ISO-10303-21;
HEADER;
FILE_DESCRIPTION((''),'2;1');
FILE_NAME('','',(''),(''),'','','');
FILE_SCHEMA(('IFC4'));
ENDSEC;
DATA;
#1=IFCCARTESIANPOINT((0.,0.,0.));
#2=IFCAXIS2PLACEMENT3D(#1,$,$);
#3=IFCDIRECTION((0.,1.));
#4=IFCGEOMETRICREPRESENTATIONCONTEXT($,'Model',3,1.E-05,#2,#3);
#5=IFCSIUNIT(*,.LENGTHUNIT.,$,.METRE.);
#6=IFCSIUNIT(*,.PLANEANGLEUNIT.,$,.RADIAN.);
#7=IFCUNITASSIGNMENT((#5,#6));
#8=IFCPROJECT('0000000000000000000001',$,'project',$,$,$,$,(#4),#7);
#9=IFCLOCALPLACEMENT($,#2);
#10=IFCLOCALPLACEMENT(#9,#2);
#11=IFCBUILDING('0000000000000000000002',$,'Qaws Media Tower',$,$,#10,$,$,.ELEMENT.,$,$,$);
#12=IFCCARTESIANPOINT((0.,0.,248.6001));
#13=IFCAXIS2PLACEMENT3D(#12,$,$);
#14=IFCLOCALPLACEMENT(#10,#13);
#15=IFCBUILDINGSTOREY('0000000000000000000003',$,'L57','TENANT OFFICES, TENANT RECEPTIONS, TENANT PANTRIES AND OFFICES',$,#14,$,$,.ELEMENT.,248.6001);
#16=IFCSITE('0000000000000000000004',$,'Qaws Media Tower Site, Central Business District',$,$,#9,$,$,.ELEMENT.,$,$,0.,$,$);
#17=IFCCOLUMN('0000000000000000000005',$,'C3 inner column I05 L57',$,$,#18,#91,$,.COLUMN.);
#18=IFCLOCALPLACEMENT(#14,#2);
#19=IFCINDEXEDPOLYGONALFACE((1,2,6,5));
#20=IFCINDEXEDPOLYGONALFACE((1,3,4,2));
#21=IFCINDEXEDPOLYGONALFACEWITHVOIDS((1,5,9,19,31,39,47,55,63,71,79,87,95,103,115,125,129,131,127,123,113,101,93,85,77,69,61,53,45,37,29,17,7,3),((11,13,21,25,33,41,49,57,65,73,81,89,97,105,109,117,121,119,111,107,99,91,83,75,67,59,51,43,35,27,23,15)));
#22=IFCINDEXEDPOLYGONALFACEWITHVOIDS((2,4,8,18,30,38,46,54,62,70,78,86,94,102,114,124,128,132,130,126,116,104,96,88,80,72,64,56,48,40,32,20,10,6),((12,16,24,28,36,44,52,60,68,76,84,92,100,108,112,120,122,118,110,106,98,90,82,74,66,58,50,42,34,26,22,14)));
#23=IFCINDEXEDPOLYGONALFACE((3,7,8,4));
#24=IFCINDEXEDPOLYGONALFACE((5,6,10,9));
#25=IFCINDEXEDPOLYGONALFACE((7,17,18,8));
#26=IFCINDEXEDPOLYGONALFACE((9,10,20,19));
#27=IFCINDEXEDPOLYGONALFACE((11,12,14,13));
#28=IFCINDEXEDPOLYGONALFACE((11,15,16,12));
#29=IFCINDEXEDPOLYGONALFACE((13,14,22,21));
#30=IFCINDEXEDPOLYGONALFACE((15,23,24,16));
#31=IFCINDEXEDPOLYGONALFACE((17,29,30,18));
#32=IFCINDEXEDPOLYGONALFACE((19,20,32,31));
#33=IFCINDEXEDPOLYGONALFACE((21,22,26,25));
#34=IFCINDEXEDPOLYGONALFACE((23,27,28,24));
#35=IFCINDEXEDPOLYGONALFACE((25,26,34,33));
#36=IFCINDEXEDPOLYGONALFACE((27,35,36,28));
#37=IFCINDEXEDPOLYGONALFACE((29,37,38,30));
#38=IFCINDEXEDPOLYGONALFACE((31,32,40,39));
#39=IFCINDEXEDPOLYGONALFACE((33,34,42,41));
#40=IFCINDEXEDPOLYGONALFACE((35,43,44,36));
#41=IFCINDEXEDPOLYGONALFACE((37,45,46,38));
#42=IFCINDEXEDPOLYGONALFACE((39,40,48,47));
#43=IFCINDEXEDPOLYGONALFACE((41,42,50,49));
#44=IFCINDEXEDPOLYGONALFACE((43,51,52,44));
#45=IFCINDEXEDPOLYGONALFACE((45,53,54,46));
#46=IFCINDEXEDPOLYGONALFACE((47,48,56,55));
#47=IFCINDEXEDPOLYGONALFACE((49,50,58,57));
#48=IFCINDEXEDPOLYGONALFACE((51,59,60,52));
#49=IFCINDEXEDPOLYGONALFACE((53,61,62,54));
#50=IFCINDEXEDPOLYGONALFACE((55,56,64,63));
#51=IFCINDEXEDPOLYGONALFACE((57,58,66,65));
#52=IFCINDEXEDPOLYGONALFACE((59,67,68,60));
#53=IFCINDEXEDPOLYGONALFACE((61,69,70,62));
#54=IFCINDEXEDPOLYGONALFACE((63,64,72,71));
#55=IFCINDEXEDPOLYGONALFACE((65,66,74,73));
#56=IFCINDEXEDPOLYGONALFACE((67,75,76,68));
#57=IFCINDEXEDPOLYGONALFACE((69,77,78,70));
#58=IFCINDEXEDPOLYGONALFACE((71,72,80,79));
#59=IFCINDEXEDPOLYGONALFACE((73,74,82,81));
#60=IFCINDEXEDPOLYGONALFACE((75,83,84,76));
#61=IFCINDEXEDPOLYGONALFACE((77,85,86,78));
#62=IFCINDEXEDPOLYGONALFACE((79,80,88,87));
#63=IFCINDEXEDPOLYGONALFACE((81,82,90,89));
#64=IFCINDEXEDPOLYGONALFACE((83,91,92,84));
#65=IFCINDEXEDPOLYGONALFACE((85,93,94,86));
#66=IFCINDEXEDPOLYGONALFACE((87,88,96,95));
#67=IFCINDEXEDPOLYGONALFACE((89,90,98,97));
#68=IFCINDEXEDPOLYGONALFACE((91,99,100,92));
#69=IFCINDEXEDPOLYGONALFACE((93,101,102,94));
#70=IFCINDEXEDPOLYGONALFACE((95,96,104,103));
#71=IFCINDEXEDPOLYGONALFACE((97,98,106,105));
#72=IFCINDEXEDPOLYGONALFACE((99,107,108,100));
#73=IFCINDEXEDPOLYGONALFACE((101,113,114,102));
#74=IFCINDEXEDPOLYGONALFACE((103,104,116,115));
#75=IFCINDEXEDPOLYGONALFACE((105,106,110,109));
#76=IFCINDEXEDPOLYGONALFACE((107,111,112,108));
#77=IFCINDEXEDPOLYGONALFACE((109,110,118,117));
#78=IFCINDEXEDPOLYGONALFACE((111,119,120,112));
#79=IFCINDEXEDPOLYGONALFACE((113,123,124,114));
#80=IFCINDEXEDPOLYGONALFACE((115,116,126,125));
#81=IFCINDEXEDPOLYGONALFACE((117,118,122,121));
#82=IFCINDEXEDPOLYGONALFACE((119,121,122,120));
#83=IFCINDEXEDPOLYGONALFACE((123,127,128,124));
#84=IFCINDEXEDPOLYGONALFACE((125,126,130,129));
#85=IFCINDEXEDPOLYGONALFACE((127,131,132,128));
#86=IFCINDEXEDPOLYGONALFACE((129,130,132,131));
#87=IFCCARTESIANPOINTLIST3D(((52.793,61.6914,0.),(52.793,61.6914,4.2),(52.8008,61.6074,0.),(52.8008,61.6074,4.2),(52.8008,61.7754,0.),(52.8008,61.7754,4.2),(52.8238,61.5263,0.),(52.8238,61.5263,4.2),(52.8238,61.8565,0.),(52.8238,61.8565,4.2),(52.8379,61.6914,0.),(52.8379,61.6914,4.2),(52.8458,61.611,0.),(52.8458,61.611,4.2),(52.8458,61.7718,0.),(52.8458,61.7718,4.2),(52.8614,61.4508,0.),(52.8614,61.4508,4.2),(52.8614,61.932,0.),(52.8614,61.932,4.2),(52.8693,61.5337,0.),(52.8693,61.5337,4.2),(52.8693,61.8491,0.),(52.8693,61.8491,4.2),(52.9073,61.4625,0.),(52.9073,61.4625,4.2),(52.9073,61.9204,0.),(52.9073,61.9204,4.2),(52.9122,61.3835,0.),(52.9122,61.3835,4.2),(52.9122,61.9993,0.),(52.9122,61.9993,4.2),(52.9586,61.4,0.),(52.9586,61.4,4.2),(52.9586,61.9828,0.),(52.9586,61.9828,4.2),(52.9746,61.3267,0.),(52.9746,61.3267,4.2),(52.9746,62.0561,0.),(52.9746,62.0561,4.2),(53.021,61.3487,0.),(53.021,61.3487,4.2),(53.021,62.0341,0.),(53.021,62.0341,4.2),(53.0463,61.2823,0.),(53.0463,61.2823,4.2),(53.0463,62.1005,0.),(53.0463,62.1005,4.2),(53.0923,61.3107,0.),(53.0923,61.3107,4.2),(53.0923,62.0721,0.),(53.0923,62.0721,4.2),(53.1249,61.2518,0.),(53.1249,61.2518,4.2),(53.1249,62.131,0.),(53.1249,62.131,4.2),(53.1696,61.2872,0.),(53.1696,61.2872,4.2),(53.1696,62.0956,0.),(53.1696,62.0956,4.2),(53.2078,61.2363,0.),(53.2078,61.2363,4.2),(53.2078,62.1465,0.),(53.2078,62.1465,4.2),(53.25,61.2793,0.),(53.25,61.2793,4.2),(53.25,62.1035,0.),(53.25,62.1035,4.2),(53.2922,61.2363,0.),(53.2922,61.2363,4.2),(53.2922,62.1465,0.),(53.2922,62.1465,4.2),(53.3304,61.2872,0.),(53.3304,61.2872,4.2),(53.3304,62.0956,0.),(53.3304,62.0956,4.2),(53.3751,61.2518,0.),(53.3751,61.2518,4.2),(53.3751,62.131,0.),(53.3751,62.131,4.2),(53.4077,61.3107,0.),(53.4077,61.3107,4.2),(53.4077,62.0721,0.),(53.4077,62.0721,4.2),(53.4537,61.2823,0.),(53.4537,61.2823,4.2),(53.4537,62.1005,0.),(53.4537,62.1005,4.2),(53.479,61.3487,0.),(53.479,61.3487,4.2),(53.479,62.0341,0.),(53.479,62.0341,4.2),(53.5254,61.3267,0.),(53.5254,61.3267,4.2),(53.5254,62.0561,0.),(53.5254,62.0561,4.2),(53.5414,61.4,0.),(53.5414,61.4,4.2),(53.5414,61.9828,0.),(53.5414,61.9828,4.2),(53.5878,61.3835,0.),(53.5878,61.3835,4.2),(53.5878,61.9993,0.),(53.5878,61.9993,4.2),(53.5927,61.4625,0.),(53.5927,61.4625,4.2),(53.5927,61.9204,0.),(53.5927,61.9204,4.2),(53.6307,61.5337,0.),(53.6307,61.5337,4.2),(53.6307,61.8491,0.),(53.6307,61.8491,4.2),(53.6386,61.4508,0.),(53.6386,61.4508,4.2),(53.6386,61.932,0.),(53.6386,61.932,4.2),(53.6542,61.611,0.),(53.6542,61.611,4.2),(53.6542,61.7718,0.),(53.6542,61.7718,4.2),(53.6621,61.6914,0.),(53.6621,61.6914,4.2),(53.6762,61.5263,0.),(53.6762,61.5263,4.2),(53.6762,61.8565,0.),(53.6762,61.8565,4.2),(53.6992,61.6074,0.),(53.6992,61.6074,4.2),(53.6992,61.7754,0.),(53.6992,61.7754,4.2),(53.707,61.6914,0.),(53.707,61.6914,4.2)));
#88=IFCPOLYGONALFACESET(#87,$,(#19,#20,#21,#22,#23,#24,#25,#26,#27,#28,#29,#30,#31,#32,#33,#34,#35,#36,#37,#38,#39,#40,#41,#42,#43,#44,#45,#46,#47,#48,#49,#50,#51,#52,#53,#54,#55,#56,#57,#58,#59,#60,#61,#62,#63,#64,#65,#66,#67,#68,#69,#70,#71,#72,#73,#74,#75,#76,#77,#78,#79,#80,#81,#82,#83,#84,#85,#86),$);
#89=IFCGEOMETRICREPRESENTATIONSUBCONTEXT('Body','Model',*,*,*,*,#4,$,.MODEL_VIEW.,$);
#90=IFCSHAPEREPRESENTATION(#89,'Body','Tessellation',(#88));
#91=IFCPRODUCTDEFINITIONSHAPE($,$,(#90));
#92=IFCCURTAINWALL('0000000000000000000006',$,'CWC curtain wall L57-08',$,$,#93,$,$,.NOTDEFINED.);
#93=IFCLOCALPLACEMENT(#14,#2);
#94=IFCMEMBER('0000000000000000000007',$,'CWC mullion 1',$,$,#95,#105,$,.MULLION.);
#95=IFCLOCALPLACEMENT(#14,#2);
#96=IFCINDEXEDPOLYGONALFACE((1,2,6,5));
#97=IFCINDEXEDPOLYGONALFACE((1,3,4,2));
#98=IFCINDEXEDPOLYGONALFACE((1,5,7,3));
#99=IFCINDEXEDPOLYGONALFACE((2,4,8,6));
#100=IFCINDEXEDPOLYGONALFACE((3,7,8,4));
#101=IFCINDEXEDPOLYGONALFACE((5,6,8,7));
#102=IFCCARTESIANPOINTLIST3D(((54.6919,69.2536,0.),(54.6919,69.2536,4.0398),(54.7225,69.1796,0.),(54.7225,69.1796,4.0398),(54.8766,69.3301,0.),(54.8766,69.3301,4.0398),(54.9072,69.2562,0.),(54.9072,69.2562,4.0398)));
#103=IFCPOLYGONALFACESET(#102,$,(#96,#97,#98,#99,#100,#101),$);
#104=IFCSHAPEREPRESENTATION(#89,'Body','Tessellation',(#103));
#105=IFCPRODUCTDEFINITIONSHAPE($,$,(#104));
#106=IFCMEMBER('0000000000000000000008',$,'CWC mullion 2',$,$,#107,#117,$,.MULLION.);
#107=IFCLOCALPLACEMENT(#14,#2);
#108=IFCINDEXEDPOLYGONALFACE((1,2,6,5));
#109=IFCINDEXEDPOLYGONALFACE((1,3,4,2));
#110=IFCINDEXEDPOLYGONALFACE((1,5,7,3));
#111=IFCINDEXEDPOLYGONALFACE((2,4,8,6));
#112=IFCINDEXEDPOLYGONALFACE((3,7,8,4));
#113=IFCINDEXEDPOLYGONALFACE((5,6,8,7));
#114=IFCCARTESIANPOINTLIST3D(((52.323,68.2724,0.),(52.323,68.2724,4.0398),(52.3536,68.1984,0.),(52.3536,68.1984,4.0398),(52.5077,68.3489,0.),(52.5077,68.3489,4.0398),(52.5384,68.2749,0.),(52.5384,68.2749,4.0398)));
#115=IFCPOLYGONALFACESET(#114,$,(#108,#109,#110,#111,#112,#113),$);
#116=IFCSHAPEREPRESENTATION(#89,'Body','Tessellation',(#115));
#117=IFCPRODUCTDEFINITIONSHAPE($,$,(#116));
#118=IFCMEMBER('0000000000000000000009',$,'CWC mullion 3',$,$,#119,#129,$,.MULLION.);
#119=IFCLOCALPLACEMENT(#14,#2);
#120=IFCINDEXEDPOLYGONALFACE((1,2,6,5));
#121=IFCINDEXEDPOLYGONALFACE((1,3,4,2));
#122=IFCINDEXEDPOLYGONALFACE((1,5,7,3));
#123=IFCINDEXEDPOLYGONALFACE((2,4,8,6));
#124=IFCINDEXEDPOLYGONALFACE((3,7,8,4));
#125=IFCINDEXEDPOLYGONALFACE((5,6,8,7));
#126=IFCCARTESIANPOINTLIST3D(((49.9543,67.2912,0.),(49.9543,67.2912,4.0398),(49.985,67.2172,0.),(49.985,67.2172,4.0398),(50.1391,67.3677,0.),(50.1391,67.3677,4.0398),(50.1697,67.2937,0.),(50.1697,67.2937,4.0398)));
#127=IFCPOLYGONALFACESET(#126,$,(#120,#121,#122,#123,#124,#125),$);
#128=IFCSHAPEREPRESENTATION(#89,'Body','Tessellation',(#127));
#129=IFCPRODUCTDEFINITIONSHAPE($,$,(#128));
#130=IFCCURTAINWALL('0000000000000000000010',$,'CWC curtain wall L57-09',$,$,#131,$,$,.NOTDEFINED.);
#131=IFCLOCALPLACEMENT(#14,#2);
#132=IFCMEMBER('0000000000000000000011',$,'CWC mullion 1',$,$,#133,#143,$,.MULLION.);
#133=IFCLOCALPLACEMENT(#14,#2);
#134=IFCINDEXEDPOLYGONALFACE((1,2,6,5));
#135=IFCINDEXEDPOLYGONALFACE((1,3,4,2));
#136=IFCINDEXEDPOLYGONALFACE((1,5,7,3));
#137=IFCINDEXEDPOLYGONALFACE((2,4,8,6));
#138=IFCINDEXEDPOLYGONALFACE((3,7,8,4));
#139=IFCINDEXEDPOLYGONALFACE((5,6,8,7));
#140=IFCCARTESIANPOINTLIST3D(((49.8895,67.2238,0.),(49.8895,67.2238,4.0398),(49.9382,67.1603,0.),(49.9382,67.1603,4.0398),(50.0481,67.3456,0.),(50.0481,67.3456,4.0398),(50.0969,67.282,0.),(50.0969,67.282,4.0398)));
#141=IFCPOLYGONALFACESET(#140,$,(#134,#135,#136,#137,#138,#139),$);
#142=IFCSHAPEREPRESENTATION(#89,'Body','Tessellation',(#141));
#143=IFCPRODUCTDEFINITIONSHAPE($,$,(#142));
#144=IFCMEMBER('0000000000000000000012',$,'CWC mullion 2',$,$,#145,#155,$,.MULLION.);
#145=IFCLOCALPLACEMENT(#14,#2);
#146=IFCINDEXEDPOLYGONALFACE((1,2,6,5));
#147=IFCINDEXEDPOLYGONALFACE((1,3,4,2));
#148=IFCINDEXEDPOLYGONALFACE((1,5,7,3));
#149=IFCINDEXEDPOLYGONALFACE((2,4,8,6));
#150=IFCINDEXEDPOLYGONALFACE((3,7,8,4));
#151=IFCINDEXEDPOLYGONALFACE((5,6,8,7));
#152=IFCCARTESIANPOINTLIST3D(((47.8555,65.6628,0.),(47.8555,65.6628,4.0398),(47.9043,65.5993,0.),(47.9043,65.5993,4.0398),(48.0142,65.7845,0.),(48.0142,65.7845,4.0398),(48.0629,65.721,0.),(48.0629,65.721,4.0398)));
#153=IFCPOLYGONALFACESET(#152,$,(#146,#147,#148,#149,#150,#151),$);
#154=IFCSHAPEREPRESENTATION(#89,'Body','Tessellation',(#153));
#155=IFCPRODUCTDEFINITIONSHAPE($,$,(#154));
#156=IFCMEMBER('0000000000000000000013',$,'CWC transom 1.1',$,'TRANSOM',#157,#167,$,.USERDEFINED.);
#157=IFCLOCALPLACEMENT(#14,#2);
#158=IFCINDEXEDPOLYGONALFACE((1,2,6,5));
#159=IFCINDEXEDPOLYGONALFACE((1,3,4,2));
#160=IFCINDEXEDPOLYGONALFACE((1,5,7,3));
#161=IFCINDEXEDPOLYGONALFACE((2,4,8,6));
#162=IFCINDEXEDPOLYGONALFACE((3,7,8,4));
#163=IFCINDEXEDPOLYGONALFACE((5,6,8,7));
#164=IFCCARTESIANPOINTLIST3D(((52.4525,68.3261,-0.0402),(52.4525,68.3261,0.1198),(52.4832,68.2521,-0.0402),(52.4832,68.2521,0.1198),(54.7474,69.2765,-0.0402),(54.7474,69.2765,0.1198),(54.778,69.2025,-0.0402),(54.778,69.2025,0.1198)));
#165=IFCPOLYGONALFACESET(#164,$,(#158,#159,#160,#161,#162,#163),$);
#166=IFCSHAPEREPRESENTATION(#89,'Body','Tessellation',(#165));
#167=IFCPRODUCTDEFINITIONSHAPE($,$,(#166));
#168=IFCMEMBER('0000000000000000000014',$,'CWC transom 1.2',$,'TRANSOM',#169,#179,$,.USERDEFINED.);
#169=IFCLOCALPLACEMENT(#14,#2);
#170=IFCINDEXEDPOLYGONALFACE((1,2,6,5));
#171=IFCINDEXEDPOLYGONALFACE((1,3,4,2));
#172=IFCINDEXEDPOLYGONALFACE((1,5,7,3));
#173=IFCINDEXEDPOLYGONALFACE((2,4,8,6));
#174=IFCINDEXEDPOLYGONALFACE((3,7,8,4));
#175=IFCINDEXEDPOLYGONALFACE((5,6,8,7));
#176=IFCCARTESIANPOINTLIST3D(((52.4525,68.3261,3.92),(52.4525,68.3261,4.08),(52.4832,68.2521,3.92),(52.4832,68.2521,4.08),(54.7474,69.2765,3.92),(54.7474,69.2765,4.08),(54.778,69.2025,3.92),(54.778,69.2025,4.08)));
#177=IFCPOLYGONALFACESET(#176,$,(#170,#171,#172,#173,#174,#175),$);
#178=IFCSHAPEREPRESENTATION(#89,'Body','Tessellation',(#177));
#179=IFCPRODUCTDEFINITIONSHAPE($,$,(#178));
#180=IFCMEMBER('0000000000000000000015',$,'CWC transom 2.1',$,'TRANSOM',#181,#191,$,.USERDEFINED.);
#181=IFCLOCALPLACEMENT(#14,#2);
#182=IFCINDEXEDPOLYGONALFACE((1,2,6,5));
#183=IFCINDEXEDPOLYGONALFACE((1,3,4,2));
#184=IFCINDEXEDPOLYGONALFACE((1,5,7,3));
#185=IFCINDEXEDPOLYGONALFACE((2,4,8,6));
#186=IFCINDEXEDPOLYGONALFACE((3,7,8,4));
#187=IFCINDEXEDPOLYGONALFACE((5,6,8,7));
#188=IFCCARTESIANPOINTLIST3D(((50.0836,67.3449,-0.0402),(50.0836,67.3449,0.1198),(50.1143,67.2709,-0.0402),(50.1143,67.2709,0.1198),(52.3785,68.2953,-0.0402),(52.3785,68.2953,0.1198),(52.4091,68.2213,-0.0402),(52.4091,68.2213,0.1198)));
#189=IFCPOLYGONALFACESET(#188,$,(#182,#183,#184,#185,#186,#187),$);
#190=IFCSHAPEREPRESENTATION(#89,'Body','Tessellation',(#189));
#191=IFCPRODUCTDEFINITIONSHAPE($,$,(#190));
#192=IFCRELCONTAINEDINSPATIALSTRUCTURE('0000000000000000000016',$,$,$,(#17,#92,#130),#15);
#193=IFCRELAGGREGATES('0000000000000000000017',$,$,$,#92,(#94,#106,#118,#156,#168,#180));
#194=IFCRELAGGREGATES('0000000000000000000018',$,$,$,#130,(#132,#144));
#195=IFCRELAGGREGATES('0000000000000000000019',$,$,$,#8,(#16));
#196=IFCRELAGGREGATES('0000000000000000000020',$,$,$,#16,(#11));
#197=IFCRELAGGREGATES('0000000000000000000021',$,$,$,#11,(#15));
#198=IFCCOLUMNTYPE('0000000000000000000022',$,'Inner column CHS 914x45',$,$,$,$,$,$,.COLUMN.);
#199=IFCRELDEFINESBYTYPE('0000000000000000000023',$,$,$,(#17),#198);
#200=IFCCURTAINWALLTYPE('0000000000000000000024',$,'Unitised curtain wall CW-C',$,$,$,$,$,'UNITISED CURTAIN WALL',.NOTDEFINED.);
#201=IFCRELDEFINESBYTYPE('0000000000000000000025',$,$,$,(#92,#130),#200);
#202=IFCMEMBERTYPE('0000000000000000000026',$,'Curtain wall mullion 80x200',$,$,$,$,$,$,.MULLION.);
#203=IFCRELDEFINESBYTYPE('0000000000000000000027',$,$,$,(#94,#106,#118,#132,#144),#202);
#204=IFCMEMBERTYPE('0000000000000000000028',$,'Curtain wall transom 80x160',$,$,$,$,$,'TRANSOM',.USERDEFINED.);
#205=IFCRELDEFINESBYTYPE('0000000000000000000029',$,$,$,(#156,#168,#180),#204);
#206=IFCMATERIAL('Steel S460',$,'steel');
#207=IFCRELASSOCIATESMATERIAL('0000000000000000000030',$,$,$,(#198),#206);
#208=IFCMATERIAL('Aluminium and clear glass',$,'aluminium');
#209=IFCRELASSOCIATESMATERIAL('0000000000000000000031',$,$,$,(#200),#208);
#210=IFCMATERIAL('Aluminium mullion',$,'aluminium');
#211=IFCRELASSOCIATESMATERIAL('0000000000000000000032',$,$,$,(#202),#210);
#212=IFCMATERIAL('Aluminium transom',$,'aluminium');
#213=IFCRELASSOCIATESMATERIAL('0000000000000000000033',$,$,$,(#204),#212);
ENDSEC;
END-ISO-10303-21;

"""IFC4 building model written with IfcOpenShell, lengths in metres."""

from ifc_helpers import new_model, si_unit, direction, frame, origin, origin_2d, place, context, subcontext, project, spatial, rectangle, hollow_circle, extrude, material, material_profile, profile_set, type_object, element, aggregate, save


model = new_model("IFC4")

# Units and contexts
model_context = context("Model", 3, precision=1e-05, world=origin(), true_north=direction((0.0, 1.0)))
body_context = subcontext(model_context, "Body", "Model", "MODEL_VIEW")
ifc_project = project(units=[si_unit("LENGTHUNIT", "METRE"), si_unit("PLANEANGLEUNIT", "RADIAN")], contexts=[model_context])

# Site, building, storey
site_placement = place(None, origin())
site = spatial("IfcSite", under=ifc_project, at=site_placement, Name="Qaws Media Tower Site, Central Business District", CompositionType="ELEMENT", RefElevation=0.0)
building_placement = place(site_placement, origin())
building = spatial("IfcBuilding", under=site, at=building_placement, Name="Qaws Media Tower", CompositionType="ELEMENT")
storey_placement = place(building_placement, frame((0.0, 0.0, 248.6001)))
storey = spatial("IfcBuildingStorey", under=building, at=storey_placement, Name="L57", Description="TENANT OFFICES, TENANT RECEPTIONS, TENANT PANTRIES AND OFFICES", CompositionType="ELEMENT", Elevation=248.6001)

# Column
ifc_material_1 = material(Name="Steel S460", Category="steel")
ifc_material_profile_1 = material_profile(ifc_material_1, hollow_circle(Radius=0.457, WallThickness=0.0449, at=origin_2d()), Name="CHS 914x45")
ifc_profile_set_1 = profile_set([ifc_material_profile_1], Name="Steel S460")
column_type = type_object("IfcColumnType", Name="Inner column CHS 914x45", PredefinedType="COLUMN", material=ifc_profile_set_1)
column_placement = place(storey_placement, frame((53.25, 61.6914, 0.0), z_axis=(0.0, 0.0, 1.0), x_axis=(1.0, 0.0, 0.0)))
element("IfcColumn", 1, at=column_placement, inside=storey, type_object=column_type, Name="C3 inner column I05 L57", PredefinedType="COLUMN", context=body_context, shape_type="SweptSolid", body=[
    extrude(hollow_circle(Radius=0.457, WallThickness=0.0449, at=origin_2d()), origin(), (0.0, 0.0, 1.0), 4.2),
])

# Curtain walls, members
ifc_material_2 = material(Name="Aluminium and clear glass", Category="aluminium")
curtain_wall_type = type_object("IfcCurtainWallType", Name="Unitised curtain wall CW-C", ElementType="UNITISED CURTAIN WALL", PredefinedType="NOTDEFINED", material=ifc_material_2)
curtain_wall_1_placement = place(storey_placement, origin())
curtain_wall_1 = element("IfcCurtainWall", 2, at=curtain_wall_1_placement, inside=storey, type_object=curtain_wall_type, Name="CWC curtain wall L57-08", PredefinedType="NOTDEFINED")
ifc_material_3 = material(Name="Aluminium mullion", Category="aluminium")
ifc_material_profile_2 = material_profile(ifc_material_3, rectangle(XDim=0.0801, YDim=0.2, at=origin_2d()), Name="80x200")
ifc_profile_set_2 = profile_set([ifc_material_profile_2], Name="Aluminium mullion")
member_type_1 = type_object("IfcMemberType", Name="Curtain wall mullion 80x200", PredefinedType="MULLION", material=ifc_profile_set_2)
member_1_placement = place(storey_placement, frame((54.7996, 69.2549, 0.0), z_axis=(0.0, 0.0, 1.0), x_axis=(0.382683, -0.92388, 0.0)))
member_1 = element("IfcMember", 3, at=member_1_placement, type_object=member_type_1, Name="CWC mullion 1", PredefinedType="MULLION", context=body_context, shape_type="SweptSolid", body=[
    extrude(rectangle(XDim=0.0801, YDim=0.2, at=origin_2d()), origin(), (0.0, 0.0, 1.0), 4.0398),
])
member_2_placement = place(storey_placement, frame((52.4307, 68.2737, 0.0), z_axis=(0.0, 0.0, 1.0), x_axis=(0.382683, -0.92388, 0.0)))
member_2 = element("IfcMember", 4, at=member_2_placement, type_object=member_type_1, Name="CWC mullion 2", PredefinedType="MULLION", context=body_context, shape_type="SweptSolid", body=[
    extrude(rectangle(XDim=0.0801, YDim=0.2, at=origin_2d()), origin(), (0.0, 0.0, 1.0), 4.0398),
])
member_3_placement = place(storey_placement, frame((50.062, 67.2925, 0.0), z_axis=(0.0, 0.0, 1.0), x_axis=(0.382683, -0.92388, 0.0)))
member_3 = element("IfcMember", 5, at=member_3_placement, type_object=member_type_1, Name="CWC mullion 3", PredefinedType="MULLION", context=body_context, shape_type="SweptSolid", body=[
    extrude(rectangle(XDim=0.0801, YDim=0.2, at=origin_2d()), origin(), (0.0, 0.0, 1.0), 4.0398),
])
curtain_wall_2_placement = place(storey_placement, origin())
curtain_wall_2 = element("IfcCurtainWall", 6, at=curtain_wall_2_placement, inside=storey, type_object=curtain_wall_type, Name="CWC curtain wall L57-09", PredefinedType="NOTDEFINED")
member_4_placement = place(storey_placement, frame((49.9932, 67.2529, 0.0), z_axis=(0.0, 0.0, 1.0), x_axis=(0.608762, -0.793353, 0.0)))
member_4 = element("IfcMember", 7, at=member_4_placement, type_object=member_type_1, Name="CWC mullion 1", PredefinedType="MULLION", context=body_context, shape_type="SweptSolid", body=[
    extrude(rectangle(XDim=0.0801, YDim=0.2, at=origin_2d()), origin(), (0.0, 0.0, 1.0), 4.0398),
])
member_5_placement = place(storey_placement, frame((47.9592, 65.6919, 0.0), z_axis=(0.0, 0.0, 1.0), x_axis=(0.608762, -0.793353, 0.0)))
member_5 = element("IfcMember", 8, at=member_5_placement, type_object=member_type_1, Name="CWC mullion 2", PredefinedType="MULLION", context=body_context, shape_type="SweptSolid", body=[
    extrude(rectangle(XDim=0.0801, YDim=0.2, at=origin_2d()), origin(), (0.0, 0.0, 1.0), 4.0398),
])

# Members
ifc_material_4 = material(Name="Aluminium transom", Category="aluminium")
ifc_material_profile_3 = material_profile(ifc_material_4, rectangle(XDim=0.0801, YDim=0.1599, at=origin_2d()), Name="80x160")
ifc_profile_set_3 = profile_set([ifc_material_profile_3], Name="Aluminium transom")
member_type_2 = type_object("IfcMemberType", Name="Curtain wall transom 80x160", ElementType="TRANSOM", PredefinedType="USERDEFINED", material=ifc_profile_set_3)
member_6_placement = place(storey_placement, frame((54.7627, 69.2395, 0.0398), z_axis=(-0.923901, -0.382632, 0.0), x_axis=(0.382632, -0.923901, 0.0)))
member_6 = element("IfcMember", 9, at=member_6_placement, type_object=member_type_2, Name="CWC transom 1.1", ObjectType="TRANSOM", PredefinedType="USERDEFINED", context=body_context, shape_type="SweptSolid", body=[
    extrude(rectangle(XDim=0.0801, YDim=0.1599, at=origin_2d()), origin(), (0.0, 0.0, 1.0), 2.4839),
])
member_7_placement = place(storey_placement, frame((54.7627, 69.2395, 4.0), z_axis=(-0.923901, -0.382632, 0.0), x_axis=(0.382632, -0.923901, 0.0)))
member_7 = element("IfcMember", 10, at=member_7_placement, type_object=member_type_2, Name="CWC transom 1.2", ObjectType="TRANSOM", PredefinedType="USERDEFINED", context=body_context, shape_type="SweptSolid", body=[
    extrude(rectangle(XDim=0.0801, YDim=0.1599, at=origin_2d()), origin(), (0.0, 0.0, 1.0), 2.4839),
])
member_8_placement = place(storey_placement, frame((52.3938, 68.2583, 0.0398), z_axis=(-0.923901, -0.382632, 0.0), x_axis=(0.382632, -0.923901, 0.0)))
member_8 = element("IfcMember", 11, at=member_8_placement, type_object=member_type_2, Name="CWC transom 2.1", ObjectType="TRANSOM", PredefinedType="USERDEFINED", context=body_context, shape_type="SweptSolid", body=[
    extrude(rectangle(XDim=0.0801, YDim=0.1599, at=origin_2d()), origin(), (0.0, 0.0, 1.0), 2.4839),
])

aggregate(curtain_wall_1, [member_1, member_2, member_3, member_6, member_7, member_8])
aggregate(curtain_wall_2, [member_4, member_5])

save(model, "model.ifc")
